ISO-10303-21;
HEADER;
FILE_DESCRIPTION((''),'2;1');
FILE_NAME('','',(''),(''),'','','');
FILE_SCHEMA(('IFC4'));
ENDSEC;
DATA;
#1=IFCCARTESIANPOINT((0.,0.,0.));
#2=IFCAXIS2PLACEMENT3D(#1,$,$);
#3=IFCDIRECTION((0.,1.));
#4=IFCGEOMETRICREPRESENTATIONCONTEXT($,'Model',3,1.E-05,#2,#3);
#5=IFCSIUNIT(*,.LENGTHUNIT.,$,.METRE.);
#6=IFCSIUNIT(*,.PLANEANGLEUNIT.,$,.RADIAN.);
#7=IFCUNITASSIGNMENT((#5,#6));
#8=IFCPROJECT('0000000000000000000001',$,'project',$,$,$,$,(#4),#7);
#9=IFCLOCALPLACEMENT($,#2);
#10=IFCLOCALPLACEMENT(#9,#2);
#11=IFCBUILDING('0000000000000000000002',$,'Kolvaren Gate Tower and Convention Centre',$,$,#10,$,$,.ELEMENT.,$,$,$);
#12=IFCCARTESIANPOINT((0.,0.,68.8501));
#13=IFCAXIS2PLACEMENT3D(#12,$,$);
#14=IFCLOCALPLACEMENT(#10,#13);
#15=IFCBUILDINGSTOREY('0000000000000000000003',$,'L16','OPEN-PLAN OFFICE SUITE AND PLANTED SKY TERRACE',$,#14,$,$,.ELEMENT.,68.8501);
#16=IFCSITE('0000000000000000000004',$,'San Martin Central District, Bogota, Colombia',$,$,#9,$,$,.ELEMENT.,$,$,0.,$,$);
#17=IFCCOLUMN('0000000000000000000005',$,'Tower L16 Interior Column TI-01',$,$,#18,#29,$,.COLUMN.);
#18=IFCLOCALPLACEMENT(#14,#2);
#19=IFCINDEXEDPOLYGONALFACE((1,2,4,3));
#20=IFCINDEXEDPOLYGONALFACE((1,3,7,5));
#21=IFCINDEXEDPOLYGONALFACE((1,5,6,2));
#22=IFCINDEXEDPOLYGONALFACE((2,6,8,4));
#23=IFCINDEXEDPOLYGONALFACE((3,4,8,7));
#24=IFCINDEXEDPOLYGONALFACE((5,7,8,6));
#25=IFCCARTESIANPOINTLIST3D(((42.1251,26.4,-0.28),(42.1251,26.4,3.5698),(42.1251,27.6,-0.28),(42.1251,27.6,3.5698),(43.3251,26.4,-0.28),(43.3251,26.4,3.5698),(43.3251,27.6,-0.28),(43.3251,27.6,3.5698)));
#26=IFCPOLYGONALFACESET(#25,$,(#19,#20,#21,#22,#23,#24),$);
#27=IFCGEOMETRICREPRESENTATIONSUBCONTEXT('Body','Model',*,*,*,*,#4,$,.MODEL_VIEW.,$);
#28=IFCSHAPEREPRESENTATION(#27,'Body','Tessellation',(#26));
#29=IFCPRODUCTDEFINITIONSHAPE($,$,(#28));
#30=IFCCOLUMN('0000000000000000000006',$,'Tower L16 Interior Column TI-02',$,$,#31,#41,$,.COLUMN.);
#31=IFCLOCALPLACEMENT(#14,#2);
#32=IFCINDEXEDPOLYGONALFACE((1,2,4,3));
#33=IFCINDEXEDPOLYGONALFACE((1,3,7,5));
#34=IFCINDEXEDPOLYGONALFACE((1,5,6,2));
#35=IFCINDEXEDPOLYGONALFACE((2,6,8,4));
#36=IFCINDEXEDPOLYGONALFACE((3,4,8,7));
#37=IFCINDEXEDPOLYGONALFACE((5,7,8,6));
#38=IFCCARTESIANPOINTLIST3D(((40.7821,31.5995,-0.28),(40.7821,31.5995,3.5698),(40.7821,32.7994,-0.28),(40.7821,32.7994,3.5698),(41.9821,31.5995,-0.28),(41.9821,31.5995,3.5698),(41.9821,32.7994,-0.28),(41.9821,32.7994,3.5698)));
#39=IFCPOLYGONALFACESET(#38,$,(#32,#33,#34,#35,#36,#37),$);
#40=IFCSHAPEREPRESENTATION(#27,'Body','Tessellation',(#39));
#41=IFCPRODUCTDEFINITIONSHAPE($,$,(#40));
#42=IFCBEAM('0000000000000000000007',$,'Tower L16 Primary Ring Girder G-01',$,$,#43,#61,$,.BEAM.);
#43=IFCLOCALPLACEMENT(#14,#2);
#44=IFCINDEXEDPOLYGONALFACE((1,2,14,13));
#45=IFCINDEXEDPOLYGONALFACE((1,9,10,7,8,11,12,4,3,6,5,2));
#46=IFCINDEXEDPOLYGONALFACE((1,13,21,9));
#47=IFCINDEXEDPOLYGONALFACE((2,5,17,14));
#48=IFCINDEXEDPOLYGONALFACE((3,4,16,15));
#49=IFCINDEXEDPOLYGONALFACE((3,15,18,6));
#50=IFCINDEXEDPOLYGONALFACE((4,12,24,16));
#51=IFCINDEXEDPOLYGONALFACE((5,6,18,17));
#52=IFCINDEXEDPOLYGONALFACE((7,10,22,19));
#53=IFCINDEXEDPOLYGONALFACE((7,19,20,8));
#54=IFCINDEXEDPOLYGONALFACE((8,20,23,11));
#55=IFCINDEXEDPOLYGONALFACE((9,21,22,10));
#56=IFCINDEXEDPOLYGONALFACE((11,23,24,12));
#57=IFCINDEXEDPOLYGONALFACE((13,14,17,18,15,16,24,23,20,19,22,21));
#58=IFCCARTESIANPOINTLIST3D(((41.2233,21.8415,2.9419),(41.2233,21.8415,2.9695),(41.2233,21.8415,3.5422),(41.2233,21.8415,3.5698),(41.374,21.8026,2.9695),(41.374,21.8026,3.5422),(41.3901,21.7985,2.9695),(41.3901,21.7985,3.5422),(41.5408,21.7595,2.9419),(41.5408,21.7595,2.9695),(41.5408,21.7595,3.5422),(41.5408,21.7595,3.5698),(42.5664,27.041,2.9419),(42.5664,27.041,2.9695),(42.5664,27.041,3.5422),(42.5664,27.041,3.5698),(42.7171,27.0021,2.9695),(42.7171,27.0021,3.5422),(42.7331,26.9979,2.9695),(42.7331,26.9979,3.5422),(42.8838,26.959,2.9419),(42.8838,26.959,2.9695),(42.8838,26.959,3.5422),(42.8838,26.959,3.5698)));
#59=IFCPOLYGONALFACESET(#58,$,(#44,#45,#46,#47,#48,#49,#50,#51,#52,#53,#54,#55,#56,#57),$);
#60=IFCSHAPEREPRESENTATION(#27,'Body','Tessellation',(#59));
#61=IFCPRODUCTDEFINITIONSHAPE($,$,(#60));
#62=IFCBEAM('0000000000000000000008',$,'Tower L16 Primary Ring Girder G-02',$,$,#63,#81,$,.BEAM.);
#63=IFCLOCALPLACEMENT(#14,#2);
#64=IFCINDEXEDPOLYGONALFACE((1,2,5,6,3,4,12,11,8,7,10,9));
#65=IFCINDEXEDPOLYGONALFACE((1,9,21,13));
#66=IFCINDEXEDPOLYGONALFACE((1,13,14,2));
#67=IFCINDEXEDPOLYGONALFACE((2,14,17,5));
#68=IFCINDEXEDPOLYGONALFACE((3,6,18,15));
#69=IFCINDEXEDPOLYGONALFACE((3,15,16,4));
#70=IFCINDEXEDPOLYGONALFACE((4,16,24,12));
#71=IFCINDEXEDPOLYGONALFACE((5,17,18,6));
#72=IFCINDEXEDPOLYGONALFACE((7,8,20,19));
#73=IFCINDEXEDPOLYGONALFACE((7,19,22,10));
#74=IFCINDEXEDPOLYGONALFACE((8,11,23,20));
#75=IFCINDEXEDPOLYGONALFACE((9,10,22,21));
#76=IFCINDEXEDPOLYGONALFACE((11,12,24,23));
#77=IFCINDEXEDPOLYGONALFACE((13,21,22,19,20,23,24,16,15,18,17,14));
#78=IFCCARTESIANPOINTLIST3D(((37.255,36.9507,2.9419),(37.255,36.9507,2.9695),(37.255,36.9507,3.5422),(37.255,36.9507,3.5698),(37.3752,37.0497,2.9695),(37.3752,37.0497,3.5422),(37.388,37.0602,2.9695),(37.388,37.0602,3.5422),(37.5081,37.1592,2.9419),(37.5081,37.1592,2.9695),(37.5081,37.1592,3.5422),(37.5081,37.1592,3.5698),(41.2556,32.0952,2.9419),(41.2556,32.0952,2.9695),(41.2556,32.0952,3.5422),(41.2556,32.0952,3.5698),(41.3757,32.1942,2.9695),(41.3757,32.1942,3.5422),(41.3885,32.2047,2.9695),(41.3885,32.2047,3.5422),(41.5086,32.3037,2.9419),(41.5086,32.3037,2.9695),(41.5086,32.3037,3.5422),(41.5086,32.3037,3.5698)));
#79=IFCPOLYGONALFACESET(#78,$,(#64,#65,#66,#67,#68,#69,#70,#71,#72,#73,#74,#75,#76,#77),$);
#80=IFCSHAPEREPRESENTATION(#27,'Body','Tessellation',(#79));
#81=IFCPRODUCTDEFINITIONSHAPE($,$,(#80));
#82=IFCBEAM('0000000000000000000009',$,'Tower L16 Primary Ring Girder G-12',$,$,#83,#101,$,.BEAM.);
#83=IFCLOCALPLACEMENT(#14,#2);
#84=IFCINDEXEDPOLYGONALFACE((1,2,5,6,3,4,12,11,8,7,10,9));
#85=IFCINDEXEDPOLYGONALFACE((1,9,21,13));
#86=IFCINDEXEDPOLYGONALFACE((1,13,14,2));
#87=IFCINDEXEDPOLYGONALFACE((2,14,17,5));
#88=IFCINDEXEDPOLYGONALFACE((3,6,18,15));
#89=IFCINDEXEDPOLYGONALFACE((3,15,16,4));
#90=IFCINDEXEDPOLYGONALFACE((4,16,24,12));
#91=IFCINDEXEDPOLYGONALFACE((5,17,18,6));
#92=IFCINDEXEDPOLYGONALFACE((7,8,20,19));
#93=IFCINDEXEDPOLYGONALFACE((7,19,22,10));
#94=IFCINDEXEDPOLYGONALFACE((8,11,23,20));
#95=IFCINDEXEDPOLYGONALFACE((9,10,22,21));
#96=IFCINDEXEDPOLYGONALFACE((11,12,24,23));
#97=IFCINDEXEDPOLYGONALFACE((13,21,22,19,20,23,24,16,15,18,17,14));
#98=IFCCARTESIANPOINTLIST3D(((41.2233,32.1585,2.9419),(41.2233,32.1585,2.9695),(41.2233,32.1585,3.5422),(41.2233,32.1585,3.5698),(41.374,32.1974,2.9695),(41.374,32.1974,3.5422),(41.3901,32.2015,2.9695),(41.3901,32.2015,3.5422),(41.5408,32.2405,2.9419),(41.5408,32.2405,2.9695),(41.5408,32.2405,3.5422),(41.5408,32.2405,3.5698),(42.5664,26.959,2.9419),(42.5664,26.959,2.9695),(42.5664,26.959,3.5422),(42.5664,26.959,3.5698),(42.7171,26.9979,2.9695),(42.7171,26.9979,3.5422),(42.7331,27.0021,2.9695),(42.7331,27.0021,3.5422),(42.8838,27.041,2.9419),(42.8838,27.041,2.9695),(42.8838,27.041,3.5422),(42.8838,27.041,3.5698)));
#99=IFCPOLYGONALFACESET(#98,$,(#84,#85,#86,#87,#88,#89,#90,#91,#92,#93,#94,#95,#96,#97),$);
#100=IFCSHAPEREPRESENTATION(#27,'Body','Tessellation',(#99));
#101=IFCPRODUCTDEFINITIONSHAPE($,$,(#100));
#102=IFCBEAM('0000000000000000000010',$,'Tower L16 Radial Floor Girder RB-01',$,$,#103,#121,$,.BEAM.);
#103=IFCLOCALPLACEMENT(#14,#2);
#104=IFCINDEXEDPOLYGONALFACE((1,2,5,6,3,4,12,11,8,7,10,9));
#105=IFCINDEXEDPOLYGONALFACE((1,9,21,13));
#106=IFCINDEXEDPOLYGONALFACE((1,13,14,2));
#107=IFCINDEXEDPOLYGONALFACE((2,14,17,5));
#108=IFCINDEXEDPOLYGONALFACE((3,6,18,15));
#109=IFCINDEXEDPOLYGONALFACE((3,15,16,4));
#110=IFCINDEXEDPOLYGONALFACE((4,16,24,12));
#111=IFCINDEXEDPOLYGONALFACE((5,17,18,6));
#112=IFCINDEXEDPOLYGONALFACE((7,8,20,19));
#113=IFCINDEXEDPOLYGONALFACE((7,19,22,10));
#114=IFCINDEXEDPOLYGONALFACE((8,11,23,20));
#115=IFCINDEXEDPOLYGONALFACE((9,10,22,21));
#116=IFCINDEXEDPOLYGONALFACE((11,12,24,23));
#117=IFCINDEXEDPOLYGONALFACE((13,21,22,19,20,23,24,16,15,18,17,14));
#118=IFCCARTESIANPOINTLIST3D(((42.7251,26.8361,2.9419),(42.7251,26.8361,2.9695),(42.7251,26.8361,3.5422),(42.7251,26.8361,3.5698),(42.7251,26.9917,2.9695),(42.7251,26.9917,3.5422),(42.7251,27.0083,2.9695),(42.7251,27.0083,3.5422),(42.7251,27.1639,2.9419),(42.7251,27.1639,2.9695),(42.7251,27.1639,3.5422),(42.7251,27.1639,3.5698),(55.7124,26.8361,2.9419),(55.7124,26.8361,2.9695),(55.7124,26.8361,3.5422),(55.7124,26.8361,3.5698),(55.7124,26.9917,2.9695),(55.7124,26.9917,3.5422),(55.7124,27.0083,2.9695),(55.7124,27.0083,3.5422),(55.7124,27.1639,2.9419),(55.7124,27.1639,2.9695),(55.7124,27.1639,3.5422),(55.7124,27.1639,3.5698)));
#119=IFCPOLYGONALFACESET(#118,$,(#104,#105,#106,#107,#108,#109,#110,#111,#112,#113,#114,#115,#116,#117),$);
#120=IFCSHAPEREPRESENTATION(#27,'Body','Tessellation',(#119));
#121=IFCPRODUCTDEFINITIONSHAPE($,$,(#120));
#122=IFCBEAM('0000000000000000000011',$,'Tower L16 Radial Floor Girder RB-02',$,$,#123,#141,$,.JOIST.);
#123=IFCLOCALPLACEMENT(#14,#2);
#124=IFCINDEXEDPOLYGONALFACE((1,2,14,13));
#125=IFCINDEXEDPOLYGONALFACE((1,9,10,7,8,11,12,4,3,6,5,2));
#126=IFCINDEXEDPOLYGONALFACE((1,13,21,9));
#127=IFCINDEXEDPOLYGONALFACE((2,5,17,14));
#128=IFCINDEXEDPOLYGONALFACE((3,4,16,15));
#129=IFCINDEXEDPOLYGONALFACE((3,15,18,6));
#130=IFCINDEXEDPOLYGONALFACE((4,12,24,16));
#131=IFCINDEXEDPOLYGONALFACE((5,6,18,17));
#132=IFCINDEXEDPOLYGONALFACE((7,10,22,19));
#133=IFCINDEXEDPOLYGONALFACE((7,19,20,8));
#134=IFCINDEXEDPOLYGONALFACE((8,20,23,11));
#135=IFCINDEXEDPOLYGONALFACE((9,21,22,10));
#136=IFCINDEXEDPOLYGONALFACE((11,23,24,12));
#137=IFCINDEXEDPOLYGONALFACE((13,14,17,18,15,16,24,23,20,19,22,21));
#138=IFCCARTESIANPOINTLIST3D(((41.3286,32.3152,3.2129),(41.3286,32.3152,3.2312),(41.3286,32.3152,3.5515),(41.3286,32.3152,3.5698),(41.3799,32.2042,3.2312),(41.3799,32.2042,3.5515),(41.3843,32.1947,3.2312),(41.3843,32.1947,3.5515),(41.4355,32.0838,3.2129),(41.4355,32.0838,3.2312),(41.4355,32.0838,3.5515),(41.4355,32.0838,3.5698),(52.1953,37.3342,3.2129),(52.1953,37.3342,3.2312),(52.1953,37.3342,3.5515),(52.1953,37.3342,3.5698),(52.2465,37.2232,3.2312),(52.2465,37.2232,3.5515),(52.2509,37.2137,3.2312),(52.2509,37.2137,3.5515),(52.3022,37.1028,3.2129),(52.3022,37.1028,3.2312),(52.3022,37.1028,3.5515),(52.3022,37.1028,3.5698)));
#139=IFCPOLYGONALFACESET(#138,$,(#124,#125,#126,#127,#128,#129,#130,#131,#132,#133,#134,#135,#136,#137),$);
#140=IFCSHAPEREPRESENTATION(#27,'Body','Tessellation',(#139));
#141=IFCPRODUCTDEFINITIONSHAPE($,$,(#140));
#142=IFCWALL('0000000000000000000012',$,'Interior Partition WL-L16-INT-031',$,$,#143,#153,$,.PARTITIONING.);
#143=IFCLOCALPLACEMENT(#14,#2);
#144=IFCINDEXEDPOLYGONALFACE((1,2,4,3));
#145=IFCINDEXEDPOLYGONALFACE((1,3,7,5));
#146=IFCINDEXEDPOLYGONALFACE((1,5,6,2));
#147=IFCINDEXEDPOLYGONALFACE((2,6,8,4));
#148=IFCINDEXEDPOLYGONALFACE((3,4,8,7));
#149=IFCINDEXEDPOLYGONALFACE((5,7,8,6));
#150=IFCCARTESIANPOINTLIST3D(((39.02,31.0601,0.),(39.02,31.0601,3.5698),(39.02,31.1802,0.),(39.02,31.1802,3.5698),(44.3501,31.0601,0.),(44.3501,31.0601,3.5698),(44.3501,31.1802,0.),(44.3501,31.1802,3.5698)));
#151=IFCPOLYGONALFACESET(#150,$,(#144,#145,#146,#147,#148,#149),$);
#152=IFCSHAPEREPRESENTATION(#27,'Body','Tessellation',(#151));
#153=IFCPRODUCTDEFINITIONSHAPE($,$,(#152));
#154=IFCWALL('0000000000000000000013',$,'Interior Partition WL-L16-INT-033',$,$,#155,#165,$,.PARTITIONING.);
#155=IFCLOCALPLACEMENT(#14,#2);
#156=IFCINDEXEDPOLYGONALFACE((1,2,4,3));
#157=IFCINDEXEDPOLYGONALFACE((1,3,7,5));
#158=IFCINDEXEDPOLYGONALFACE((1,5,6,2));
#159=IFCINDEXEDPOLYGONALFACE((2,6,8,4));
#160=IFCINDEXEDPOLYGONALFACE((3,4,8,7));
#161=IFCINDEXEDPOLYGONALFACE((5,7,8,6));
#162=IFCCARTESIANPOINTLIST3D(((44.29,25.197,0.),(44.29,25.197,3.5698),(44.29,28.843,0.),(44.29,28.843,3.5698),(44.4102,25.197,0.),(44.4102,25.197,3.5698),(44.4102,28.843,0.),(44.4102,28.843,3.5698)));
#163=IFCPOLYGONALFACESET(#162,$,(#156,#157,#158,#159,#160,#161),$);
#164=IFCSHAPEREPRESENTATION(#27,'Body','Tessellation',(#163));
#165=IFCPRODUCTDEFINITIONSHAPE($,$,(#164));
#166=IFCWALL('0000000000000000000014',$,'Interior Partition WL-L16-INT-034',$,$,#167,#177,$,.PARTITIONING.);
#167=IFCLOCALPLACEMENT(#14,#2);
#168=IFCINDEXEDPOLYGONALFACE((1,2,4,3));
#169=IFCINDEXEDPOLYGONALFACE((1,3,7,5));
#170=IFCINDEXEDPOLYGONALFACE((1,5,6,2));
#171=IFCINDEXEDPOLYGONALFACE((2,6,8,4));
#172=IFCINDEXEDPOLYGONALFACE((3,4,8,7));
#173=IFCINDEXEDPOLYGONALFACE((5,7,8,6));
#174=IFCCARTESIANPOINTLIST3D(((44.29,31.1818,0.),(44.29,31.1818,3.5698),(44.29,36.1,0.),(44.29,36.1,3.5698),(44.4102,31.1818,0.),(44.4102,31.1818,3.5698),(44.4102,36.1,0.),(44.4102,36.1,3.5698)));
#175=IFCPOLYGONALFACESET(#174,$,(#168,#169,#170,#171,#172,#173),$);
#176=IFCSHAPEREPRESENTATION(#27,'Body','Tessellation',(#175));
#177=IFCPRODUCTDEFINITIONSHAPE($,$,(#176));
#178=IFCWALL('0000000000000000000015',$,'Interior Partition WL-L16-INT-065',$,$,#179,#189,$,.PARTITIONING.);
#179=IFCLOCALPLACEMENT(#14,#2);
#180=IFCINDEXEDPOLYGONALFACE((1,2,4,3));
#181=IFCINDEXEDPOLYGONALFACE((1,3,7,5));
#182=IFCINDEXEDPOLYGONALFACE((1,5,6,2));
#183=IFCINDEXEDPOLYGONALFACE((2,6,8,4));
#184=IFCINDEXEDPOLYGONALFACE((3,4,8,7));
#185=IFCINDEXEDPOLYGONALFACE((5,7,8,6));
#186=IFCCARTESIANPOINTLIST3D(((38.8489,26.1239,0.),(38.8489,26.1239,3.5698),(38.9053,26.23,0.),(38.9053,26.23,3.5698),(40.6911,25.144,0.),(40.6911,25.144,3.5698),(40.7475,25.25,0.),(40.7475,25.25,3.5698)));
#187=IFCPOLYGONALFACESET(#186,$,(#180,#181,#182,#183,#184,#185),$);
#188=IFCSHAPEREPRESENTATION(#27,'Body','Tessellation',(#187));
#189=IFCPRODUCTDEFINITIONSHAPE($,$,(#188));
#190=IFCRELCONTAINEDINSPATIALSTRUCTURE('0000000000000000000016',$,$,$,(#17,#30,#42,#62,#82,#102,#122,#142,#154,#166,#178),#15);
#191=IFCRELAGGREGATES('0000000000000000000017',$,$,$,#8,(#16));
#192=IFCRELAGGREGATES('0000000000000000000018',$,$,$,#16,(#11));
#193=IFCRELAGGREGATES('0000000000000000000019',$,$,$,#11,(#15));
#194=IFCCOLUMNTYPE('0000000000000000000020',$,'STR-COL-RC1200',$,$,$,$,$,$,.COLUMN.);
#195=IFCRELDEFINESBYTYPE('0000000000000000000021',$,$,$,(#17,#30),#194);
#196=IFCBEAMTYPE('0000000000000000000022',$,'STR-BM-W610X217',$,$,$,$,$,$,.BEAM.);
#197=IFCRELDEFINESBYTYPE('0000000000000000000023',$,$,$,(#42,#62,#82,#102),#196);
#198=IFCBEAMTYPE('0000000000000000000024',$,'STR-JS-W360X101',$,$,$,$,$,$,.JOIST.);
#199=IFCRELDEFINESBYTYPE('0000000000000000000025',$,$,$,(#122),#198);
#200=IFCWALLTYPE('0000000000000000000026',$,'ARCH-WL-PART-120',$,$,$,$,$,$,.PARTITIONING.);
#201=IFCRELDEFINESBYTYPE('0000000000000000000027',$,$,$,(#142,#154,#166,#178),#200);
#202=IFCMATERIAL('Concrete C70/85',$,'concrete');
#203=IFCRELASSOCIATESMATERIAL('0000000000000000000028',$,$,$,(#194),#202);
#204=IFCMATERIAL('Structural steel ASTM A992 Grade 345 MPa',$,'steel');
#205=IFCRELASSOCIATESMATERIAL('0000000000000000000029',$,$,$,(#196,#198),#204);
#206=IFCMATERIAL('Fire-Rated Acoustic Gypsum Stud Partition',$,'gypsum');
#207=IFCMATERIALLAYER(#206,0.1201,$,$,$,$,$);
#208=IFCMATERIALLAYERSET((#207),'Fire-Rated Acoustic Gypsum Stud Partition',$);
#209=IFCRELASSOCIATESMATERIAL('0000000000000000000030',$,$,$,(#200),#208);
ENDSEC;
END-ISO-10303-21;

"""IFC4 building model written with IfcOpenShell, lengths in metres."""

from ifc_helpers import new_model, si_unit, direction, frame, frame_2d, origin, origin_2d, place, context, subcontext, project, spatial, rectangle, i_section, extrude, material, layer, layer_set, material_profile, profile_set, type_object, element, save


model = new_model("IFC4")

# Units and contexts
model_context = context("Model", 3, precision=1e-05, world=origin(), true_north=direction((0.0, 1.0)))
body_context = subcontext(model_context, "Body", "Model", "MODEL_VIEW")
ifc_project = project(units=[si_unit("LENGTHUNIT", "METRE"), si_unit("PLANEANGLEUNIT", "RADIAN")], contexts=[model_context])

# Site, building, storey
site_placement = place(None, origin())
site = spatial("IfcSite", under=ifc_project, at=site_placement, Name="San Martin Central District, Bogota, Colombia", CompositionType="ELEMENT", RefElevation=0.0)
building_placement = place(site_placement, origin())
building = spatial("IfcBuilding", under=site, at=building_placement, Name="Kolvaren Gate Tower and Convention Centre", CompositionType="ELEMENT")
storey_placement = place(building_placement, frame((0.0, 0.0, 68.8501)))
storey = spatial("IfcBuildingStorey", under=building, at=storey_placement, Name="L16", Description="OPEN-PLAN OFFICE SUITE AND PLANTED SKY TERRACE", CompositionType="ELEMENT", Elevation=68.8501)

# Columns
ifc_material_1 = material(Name="Concrete C70/85", Category="concrete")
ifc_material_profile_1 = material_profile(ifc_material_1, rectangle(XDim=1.2, YDim=1.2, at=origin_2d()), Name="RC-COL-1200X1200")
ifc_profile_set_1 = profile_set([ifc_material_profile_1], Name="Concrete C70/85")
column_type = type_object("IfcColumnType", Name="STR-COL-RC1200", PredefinedType="COLUMN", material=ifc_profile_set_1)
for number, where, z_axis, x_axis, name in (
    (1, (42.7251, 27.0, -0.28), (0.0, 0.0, 1.0), (1.0, 0.0, 0.0), "Tower L16 Interior Column TI-01"),
    (2, (41.3821, 32.1995, -0.28), (0.0, 0.0, 1.0), (1.0, 0.0, 0.0), "Tower L16 Interior Column TI-02"),
):
    element("IfcColumn", number, at=place(storey_placement, frame(where, z_axis=z_axis, x_axis=x_axis)), inside=storey, type_object=column_type, Name=name, PredefinedType="COLUMN", context=body_context, shape_type="SweptSolid", body=[
        extrude(rectangle(XDim=1.2, YDim=1.2, at=origin_2d()), origin(), (0.0, 0.0, 1.0), 3.8499),
    ])

# Beams
ifc_material_2 = material(Name="Structural steel ASTM A992 Grade 345 MPa", Category="steel")
ifc_material_profile_2 = material_profile(ifc_material_2, i_section(OverallWidth=0.3279, OverallDepth=0.6279, WebThickness=0.0166, FlangeThickness=0.0276, at=origin_2d()), Name="W610X217")
ifc_profile_set_2 = profile_set([ifc_material_profile_2], Name="Structural steel ASTM A992 Grade 345 MPa")
beam_type_1 = type_object("IfcBeamType", Name="STR-BM-W610X217", PredefinedType="BEAM", material=ifc_profile_set_2)
beam_1_placement = place(storey_placement, frame((42.7251, 27.0, 3.2559), z_axis=(-0.250091, -0.968222, 0.0), x_axis=(0.968222, -0.250091, 0.0)))
element("IfcBeam", 3, at=beam_1_placement, inside=storey, type_object=beam_type_1, Name="Tower L16 Primary Ring Girder G-01", PredefinedType="BEAM", context=body_context, shape_type="SweptSolid", body=[
    extrude(i_section(OverallWidth=0.3279, OverallDepth=0.6279, WebThickness=0.0166, FlangeThickness=0.0276, at=origin_2d()), origin(), (0.0, 0.0, 1.0), 5.3701),
])
beam_2_placement = place(storey_placement, frame((41.3821, 32.1995, 3.2559), z_axis=(-0.635884, 0.771785, 0.0), x_axis=(-0.771785, -0.635884, 0.0)))
element("IfcBeam", 4, at=beam_2_placement, inside=storey, type_object=beam_type_1, Name="Tower L16 Primary Ring Girder G-02", PredefinedType="BEAM", context=body_context, shape_type="SweptSolid", body=[
    extrude(i_section(OverallWidth=0.3279, OverallDepth=0.6279, WebThickness=0.0166, FlangeThickness=0.0276, at=origin_2d()), origin(), (0.0, 0.0, 1.0), 6.2913),
])
beam_3_placement = place(storey_placement, frame((42.7251, 27.0, 3.2559), z_axis=(-0.250091, 0.968222, 0.0), x_axis=(-0.968222, -0.250091, 0.0)))
element("IfcBeam", 5, at=beam_3_placement, inside=storey, type_object=beam_type_1, Name="Tower L16 Primary Ring Girder G-12", PredefinedType="BEAM", context=body_context, shape_type="SweptSolid", body=[
    extrude(i_section(OverallWidth=0.3279, OverallDepth=0.6279, WebThickness=0.0166, FlangeThickness=0.0276, at=origin_2d()), origin(), (0.0, 0.0, 1.0), 5.3701),
])
beam_4_placement = place(storey_placement, frame((42.7251, 27.0, 3.2559), z_axis=(1.0, 0.0, 0.0), x_axis=(0.0, 1.0, 0.0)))
element("IfcBeam", 6, at=beam_4_placement, inside=storey, type_object=beam_type_1, Name="Tower L16 Radial Floor Girder RB-01", PredefinedType="BEAM", context=body_context, shape_type="SweptSolid", body=[
    extrude(i_section(OverallWidth=0.3279, OverallDepth=0.6279, WebThickness=0.0166, FlangeThickness=0.0276, at=origin_2d()), origin(), (0.0, 0.0, 1.0), 12.9873),
])
ifc_material_profile_3 = material_profile(ifc_material_2, i_section(OverallWidth=0.2549, OverallDepth=0.3569, WebThickness=0.0105, FlangeThickness=0.0183, at=origin_2d()), Name="W360X101")
ifc_profile_set_3 = profile_set([ifc_material_profile_3], Name="Structural steel ASTM A992 Grade 345 MPa")
beam_type_2 = type_object("IfcBeamType", Name="STR-JS-W360X101", PredefinedType="JOIST", material=ifc_profile_set_3)
beam_5_placement = place(storey_placement, frame((41.3821, 32.1995, 3.3914), z_axis=(0.907844, 0.419309, 0.0), x_axis=(-0.419309, 0.907844, 0.0)))
element("IfcBeam", 7, at=beam_5_placement, inside=storey, type_object=beam_type_2, Name="Tower L16 Radial Floor Girder RB-02", PredefinedType="JOIST", context=body_context, shape_type="SweptSolid", body=[
    extrude(i_section(OverallWidth=0.2549, OverallDepth=0.3569, WebThickness=0.0105, FlangeThickness=0.0183, at=origin_2d()), origin(), (0.0, 0.0, 1.0), 11.9697),
])

# Walls
ifc_material_3 = material(Name="Fire-Rated Acoustic Gypsum Stud Partition", Category="gypsum")
ifc_layer_1 = layer(ifc_material_3, 0.1201)
ifc_layer_set_1 = layer_set([ifc_layer_1], Name="Fire-Rated Acoustic Gypsum Stud Partition")
wall_type_1 = type_object("IfcWallType", Name="ARCH-WL-PART-120", PredefinedType="PARTITIONING", material=ifc_layer_set_1)
wall_1_placement = place(storey_placement, frame((39.02, 31.1201, 0.0), z_axis=(0.0, 0.0, 1.0), x_axis=(1.0, 0.0, 0.0)))
element("IfcWall", 8, at=wall_1_placement, inside=storey, type_object=wall_type_1, Name="Interior Partition WL-L16-INT-031", PredefinedType="PARTITIONING", context=body_context, shape_type="SweptSolid", body=[
    extrude(rectangle(XDim=5.3301, YDim=0.1201, at=frame_2d((2.665, 0.0))), origin(), (0.0, 0.0, 1.0), 3.5698),
])
wall_2_placement = place(storey_placement, frame((44.3501, 25.197, 0.0), z_axis=(0.0, 0.0, 1.0), x_axis=(0.0, 1.0, 0.0)))
element("IfcWall", 9, at=wall_2_placement, inside=storey, type_object=wall_type_1, Name="Interior Partition WL-L16-INT-033", PredefinedType="PARTITIONING", context=body_context, shape_type="SweptSolid", body=[
    extrude(rectangle(XDim=3.646, YDim=0.1201, at=frame_2d((1.823, 0.0))), origin(), (0.0, 0.0, 1.0), 3.5698),
])
wall_3_placement = place(storey_placement, frame((44.3501, 31.1819, 0.0), z_axis=(0.0, 0.0, 1.0), x_axis=(0.0, 1.0, 0.0)))
element("IfcWall", 10, at=wall_3_placement, inside=storey, type_object=wall_type_1, Name="Interior Partition WL-L16-INT-034", PredefinedType="PARTITIONING", context=body_context, shape_type="SweptSolid", body=[
    extrude(rectangle(XDim=4.9182, YDim=0.1201, at=frame_2d((2.459, 0.0))), origin(), (0.0, 0.0, 1.0), 3.5698),
])
wall_4_placement = place(storey_placement, frame((38.877, 26.177, 0.0), z_axis=(0.0, 0.0, 1.0), x_axis=(0.882864, -0.469628, 0.0)))
element("IfcWall", 11, at=wall_4_placement, inside=storey, type_object=wall_type_1, Name="Interior Partition WL-L16-INT-065", PredefinedType="PARTITIONING", context=body_context, shape_type="SweptSolid", body=[
    extrude(rectangle(XDim=2.0867, YDim=0.1201, at=frame_2d((1.0435, 0.0))), origin(), (0.0, 0.0, 1.0), 3.5698),
])

save(model, "model.ifc")
